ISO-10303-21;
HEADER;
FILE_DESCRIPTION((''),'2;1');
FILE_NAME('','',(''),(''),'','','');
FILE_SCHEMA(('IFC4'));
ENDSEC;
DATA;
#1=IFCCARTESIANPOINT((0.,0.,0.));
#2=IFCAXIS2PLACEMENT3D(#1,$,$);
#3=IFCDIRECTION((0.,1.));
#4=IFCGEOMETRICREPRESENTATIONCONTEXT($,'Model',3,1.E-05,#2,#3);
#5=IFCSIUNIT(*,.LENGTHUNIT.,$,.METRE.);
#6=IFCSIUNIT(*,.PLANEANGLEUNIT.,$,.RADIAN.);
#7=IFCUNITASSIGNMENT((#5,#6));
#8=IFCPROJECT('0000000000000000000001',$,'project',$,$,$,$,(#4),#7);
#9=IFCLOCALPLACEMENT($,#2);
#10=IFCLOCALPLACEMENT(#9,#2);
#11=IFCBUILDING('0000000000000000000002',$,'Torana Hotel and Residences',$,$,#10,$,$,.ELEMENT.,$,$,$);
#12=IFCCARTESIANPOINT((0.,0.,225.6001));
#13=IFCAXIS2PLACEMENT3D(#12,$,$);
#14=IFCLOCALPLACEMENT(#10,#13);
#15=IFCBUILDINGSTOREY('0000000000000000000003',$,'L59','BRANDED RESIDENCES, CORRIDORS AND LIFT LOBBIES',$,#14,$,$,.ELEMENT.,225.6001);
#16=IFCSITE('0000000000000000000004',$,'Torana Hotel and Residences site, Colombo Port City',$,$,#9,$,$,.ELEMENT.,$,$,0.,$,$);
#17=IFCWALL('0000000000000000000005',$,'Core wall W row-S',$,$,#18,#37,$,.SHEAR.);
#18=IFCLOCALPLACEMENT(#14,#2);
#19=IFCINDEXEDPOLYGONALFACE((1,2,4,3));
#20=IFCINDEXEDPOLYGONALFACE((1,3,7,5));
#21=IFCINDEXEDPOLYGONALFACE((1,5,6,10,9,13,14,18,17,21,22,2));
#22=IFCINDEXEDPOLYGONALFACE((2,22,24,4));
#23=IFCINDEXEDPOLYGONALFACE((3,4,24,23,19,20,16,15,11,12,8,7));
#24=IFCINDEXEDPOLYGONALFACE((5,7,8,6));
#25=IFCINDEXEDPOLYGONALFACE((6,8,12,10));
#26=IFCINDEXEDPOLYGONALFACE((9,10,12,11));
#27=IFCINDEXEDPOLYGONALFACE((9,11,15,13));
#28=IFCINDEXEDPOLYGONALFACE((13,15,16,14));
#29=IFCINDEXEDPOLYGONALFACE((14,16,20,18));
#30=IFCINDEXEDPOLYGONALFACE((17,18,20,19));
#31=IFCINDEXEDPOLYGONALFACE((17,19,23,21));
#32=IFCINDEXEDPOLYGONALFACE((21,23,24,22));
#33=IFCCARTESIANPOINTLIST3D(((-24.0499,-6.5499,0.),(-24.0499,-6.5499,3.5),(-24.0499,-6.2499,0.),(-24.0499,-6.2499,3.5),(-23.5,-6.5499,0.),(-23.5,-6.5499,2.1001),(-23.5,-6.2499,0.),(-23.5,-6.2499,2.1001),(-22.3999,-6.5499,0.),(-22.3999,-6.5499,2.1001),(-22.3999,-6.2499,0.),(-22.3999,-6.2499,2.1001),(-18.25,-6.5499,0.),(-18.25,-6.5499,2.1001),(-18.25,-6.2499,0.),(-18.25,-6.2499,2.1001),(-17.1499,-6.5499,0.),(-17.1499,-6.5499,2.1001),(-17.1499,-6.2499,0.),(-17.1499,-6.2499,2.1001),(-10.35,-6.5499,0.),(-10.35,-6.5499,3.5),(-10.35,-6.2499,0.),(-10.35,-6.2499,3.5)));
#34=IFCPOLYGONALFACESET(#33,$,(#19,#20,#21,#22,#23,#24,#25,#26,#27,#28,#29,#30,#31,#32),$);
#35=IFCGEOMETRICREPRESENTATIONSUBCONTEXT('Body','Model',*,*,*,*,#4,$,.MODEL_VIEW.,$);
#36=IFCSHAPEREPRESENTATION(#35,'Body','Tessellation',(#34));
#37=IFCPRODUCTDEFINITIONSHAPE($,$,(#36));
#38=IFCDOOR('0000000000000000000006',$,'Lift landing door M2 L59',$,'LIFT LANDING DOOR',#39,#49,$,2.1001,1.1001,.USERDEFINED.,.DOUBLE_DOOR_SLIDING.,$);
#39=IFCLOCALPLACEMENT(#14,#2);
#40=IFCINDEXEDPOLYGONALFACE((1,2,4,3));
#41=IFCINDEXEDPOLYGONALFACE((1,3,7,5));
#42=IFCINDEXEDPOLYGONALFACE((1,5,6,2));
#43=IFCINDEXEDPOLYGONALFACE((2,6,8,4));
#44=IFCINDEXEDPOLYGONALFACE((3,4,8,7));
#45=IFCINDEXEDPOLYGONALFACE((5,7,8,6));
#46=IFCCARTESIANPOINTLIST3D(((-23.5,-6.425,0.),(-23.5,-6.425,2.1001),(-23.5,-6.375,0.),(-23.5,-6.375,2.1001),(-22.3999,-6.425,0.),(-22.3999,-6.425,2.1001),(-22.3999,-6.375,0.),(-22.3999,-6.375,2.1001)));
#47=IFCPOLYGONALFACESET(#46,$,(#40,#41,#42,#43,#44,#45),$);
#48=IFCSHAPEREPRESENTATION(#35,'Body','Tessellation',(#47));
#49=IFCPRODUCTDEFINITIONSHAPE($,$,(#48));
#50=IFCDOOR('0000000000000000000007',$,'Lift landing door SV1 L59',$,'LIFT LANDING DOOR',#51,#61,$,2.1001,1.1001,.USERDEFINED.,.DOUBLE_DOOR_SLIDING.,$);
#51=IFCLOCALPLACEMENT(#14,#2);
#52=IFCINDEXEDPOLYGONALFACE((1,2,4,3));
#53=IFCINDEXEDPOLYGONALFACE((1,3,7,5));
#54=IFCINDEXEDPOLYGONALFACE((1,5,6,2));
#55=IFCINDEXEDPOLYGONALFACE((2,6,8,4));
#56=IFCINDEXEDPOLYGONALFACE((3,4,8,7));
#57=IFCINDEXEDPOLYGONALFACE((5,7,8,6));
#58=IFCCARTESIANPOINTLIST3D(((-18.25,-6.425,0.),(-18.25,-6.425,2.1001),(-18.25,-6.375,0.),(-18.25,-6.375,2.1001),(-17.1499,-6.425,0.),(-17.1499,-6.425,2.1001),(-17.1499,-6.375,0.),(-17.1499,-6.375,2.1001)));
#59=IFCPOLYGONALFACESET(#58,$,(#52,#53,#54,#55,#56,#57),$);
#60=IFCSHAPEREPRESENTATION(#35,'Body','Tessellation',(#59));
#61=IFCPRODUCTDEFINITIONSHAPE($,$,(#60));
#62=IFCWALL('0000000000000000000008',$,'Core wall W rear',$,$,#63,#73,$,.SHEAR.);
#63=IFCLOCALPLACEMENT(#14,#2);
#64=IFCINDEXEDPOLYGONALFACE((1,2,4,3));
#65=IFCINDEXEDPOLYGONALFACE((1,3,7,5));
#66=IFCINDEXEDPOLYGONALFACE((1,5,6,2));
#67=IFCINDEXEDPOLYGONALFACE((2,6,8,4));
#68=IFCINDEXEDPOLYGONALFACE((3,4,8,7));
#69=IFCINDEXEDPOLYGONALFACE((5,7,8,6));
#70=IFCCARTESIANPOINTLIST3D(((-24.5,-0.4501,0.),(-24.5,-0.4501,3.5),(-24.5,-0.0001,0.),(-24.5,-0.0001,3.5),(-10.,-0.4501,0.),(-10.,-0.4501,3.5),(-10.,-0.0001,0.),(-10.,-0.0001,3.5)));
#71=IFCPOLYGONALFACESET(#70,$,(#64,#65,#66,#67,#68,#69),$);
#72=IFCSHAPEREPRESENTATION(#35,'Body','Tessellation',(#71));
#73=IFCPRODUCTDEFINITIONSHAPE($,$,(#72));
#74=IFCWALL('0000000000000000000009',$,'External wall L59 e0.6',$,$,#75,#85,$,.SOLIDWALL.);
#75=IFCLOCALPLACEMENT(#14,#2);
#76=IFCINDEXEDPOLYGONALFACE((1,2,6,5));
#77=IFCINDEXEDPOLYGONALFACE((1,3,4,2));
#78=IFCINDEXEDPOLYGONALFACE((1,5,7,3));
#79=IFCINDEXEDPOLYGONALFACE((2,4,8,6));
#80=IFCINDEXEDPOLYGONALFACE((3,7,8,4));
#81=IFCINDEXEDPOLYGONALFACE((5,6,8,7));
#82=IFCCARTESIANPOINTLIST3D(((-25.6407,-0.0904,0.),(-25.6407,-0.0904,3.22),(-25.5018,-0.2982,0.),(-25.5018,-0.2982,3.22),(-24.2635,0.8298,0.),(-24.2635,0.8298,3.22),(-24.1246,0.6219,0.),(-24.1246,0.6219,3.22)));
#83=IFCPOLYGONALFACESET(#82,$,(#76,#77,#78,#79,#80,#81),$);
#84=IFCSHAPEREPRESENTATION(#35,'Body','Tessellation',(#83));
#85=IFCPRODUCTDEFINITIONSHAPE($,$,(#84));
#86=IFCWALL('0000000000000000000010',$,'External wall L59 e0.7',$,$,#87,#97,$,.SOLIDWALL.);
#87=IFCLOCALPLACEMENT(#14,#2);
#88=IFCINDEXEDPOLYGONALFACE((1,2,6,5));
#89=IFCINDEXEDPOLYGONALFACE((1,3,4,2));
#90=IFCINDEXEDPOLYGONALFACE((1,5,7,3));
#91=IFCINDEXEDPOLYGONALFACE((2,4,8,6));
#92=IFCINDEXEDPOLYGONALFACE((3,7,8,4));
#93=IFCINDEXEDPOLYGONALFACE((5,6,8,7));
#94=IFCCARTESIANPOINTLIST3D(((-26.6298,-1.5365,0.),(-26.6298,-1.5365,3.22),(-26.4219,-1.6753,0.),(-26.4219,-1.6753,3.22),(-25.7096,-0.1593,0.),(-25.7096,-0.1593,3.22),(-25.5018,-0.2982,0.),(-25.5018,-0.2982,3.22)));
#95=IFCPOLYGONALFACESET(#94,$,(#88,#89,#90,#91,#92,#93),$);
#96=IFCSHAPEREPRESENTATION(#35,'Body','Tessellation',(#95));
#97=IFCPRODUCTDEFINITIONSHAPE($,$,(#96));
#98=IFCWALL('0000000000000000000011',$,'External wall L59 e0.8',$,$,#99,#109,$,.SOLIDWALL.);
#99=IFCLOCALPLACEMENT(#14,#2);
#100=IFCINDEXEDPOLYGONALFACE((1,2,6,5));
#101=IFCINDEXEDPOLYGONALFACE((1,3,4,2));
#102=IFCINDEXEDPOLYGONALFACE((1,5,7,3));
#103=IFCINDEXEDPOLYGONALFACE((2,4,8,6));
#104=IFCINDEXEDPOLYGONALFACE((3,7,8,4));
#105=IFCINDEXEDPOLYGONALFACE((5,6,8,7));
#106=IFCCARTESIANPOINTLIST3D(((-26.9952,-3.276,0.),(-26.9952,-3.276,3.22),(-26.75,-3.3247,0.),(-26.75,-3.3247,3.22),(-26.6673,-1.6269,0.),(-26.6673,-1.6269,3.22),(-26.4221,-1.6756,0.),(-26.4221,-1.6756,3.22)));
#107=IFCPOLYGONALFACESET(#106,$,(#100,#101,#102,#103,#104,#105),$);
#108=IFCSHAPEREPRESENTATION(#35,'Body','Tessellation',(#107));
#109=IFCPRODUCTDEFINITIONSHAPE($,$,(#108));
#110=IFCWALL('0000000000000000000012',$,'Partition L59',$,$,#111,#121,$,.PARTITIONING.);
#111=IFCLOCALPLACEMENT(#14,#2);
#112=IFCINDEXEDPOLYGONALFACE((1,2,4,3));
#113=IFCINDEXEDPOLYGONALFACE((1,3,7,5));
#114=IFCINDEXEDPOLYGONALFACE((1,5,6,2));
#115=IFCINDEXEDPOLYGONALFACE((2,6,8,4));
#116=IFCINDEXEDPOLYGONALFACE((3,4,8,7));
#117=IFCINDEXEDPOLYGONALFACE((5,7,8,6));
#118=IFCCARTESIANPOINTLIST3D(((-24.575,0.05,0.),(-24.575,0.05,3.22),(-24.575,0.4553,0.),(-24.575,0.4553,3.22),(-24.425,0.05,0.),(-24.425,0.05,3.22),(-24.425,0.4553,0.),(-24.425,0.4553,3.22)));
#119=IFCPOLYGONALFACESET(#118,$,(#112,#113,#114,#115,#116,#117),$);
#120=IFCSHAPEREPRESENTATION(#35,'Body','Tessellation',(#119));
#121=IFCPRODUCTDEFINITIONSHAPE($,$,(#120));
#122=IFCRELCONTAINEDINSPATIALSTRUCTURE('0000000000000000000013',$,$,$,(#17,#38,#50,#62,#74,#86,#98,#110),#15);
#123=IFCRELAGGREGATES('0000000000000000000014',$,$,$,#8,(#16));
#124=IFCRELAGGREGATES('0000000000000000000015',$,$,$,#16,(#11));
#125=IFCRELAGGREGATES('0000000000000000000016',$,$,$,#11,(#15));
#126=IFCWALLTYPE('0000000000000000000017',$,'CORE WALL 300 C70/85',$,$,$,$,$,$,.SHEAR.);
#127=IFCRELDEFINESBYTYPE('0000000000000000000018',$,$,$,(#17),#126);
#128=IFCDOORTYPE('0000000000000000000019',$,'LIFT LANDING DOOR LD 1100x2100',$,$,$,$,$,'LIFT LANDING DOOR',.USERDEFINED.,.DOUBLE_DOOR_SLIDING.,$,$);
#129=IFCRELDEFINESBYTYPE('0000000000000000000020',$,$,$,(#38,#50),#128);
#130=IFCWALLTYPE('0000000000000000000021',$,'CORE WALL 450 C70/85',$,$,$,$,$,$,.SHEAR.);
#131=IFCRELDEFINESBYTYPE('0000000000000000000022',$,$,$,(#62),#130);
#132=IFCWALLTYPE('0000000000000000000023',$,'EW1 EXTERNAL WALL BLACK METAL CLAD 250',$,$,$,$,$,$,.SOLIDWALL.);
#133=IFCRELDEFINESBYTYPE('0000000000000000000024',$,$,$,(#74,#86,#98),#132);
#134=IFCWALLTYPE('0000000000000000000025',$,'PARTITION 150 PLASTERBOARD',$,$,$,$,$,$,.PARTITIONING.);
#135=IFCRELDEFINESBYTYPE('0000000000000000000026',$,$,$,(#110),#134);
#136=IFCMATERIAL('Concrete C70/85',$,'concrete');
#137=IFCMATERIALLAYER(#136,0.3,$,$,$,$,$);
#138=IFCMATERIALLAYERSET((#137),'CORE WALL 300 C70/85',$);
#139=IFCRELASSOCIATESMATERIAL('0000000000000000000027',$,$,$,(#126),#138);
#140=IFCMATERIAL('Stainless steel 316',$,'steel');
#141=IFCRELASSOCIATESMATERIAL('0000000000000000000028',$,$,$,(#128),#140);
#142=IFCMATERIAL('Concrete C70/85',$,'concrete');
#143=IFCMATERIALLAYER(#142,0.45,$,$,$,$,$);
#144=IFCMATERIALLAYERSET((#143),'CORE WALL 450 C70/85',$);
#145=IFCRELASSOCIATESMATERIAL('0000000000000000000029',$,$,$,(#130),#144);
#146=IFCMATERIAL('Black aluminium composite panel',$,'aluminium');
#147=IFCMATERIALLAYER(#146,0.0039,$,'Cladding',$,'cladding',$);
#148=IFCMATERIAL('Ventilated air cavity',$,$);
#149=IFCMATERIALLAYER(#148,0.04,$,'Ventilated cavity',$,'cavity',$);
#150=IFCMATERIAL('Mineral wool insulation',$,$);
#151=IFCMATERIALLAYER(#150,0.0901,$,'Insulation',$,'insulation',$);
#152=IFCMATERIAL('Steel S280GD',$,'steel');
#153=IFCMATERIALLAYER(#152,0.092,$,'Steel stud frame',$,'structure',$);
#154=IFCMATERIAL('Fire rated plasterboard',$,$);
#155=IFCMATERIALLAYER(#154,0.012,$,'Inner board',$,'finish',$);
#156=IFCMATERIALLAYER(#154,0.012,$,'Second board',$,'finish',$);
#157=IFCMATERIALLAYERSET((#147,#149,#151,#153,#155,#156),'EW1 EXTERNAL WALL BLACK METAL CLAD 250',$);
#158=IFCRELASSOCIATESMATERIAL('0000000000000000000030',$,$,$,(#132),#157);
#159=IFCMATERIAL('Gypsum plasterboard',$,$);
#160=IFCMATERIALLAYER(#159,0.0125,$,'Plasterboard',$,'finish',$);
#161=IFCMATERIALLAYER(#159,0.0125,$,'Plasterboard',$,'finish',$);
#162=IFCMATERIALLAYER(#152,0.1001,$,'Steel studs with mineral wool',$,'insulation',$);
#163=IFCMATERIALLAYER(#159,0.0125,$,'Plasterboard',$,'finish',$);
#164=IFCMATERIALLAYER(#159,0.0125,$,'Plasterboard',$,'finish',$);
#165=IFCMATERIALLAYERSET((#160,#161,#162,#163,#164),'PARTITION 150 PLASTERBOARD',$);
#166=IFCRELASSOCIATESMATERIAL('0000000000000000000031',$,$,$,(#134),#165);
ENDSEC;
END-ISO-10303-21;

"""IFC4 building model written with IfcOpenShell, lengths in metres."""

from ifc_helpers import new_model, si_unit, direction, frame, frame_2d, origin, place, context, subcontext, project, spatial, rectangle, extrude, material, layer, layer_set, type_object, element, fill, save


model = new_model("IFC4")

# Units and contexts
model_context = context("Model", 3, precision=1e-05, world=origin(), true_north=direction((0.0, 1.0)))
body_context = subcontext(model_context, "Body", "Model", "MODEL_VIEW")
ifc_project = project(units=[si_unit("LENGTHUNIT", "METRE"), si_unit("PLANEANGLEUNIT", "RADIAN")], contexts=[model_context])

# Site, building, storey
site_placement = place(None, origin())
site = spatial("IfcSite", under=ifc_project, at=site_placement, Name="Torana Hotel and Residences site, Colombo Port City", CompositionType="ELEMENT", RefElevation=0.0)
building_placement = place(site_placement, origin())
building = spatial("IfcBuilding", under=site, at=building_placement, Name="Torana Hotel and Residences", CompositionType="ELEMENT")
storey_placement = place(building_placement, frame((0.0, 0.0, 225.6001)))
storey = spatial("IfcBuildingStorey", under=building, at=storey_placement, Name="L59", Description="BRANDED RESIDENCES, CORRIDORS AND LIFT LOBBIES", CompositionType="ELEMENT", Elevation=225.6001)

# Wall, openings, doors
ifc_material_1 = material(Name="Concrete C70/85", Category="concrete")
ifc_layer_1 = layer(ifc_material_1, 0.3)
ifc_layer_set_1 = layer_set([ifc_layer_1], Name="CORE WALL 300 C70/85")
wall_type_1 = type_object("IfcWallType", Name="CORE WALL 300 C70/85", PredefinedType="SHEAR", material=ifc_layer_set_1)
wall_1_placement = place(storey_placement, frame((-24.05, -6.3999, 0.0), z_axis=(0.0, 0.0, 1.0), x_axis=(1.0, 0.0, 0.0)))
wall_1 = element("IfcWall", 1, at=wall_1_placement, inside=storey, type_object=wall_type_1, Name="Core wall W row-S", PredefinedType="SHEAR", context=body_context, shape_type="SweptSolid", body=[
    extrude(rectangle(XDim=13.7, YDim=0.3, at=frame_2d((6.8501, 0.0))), origin(), (0.0, 0.0, 1.0), 3.5),
])
opening_1_placement = place(wall_1_placement, frame((0.55, 0.0, 0.0)))
opening_1 = element("IfcOpeningElement", 2, at=opening_1_placement, cuts=wall_1, PredefinedType="OPENING", context=body_context, shape_type="SweptSolid", body=[
    extrude(rectangle(XDim=1.1001, YDim=2.1001, at=frame_2d((0.55, 1.05))), frame((0.0, 0.1599, 0.0), z_axis=(0.0, -1.0, 0.0), x_axis=(1.0, 0.0, 0.0)), (0.0, 0.0, 1.0), 0.3201),
])
opening_2_placement = place(wall_1_placement, frame((5.8, 0.0, 0.0)))
opening_2 = element("IfcOpeningElement", 3, at=opening_2_placement, cuts=wall_1, PredefinedType="OPENING", context=body_context, shape_type="SweptSolid", body=[
    extrude(rectangle(XDim=1.1001, YDim=2.1001, at=frame_2d((0.55, 1.05))), frame((0.0, 0.1599, 0.0), z_axis=(0.0, -1.0, 0.0), x_axis=(1.0, 0.0, 0.0)), (0.0, 0.0, 1.0), 0.3201),
])
ifc_material_2 = material(Name="Stainless steel 316", Category="steel")
door_type_1 = type_object("IfcDoorType", Name="LIFT LANDING DOOR LD 1100x2100", ElementType="LIFT LANDING DOOR", OperationType="DOUBLE_DOOR_SLIDING", PredefinedType="USERDEFINED", material=ifc_material_2)
door_1_placement = place(opening_1_placement, origin())
door_1 = element("IfcDoor", 4, at=door_1_placement, inside=storey, type_object=door_type_1, Name="Lift landing door M2 L59", ObjectType="LIFT LANDING DOOR", OperationType="DOUBLE_DOOR_SLIDING", OverallHeight=2.1001, OverallWidth=1.1001, PredefinedType="USERDEFINED", context=body_context, shape_type="SweptSolid", body=[
    extrude(rectangle(XDim=1.1001, YDim=2.1001, at=frame_2d((0.55, 1.05))), frame((0.0, 0.0249, 0.0), z_axis=(0.0, -1.0, 0.0), x_axis=(1.0, 0.0, 0.0)), (0.0, 0.0, 1.0), 0.05),
])
fill(opening_1, door_1)
door_2_placement = place(opening_2_placement, origin())
door_2 = element("IfcDoor", 5, at=door_2_placement, inside=storey, type_object=door_type_1, Name="Lift landing door SV1 L59", ObjectType="LIFT LANDING DOOR", OperationType="DOUBLE_DOOR_SLIDING", OverallHeight=2.1001, OverallWidth=1.1001, PredefinedType="USERDEFINED", context=body_context, shape_type="SweptSolid", body=[
    extrude(rectangle(XDim=1.1001, YDim=2.1001, at=frame_2d((0.55, 1.05))), frame((0.0, 0.0249, 0.0), z_axis=(0.0, -1.0, 0.0), x_axis=(1.0, 0.0, 0.0)), (0.0, 0.0, 1.0), 0.05),
])
fill(opening_2, door_2)

# Walls
ifc_material_3 = material(Name="Concrete C70/85", Category="concrete")
ifc_layer_2 = layer(ifc_material_3, 0.45)
ifc_layer_set_2 = layer_set([ifc_layer_2], Name="CORE WALL 450 C70/85")
wall_type_2 = type_object("IfcWallType", Name="CORE WALL 450 C70/85", PredefinedType="SHEAR", material=ifc_layer_set_2)
wall_2_placement = place(storey_placement, frame((-24.5, -0.2251, 0.0), z_axis=(0.0, 0.0, 1.0), x_axis=(1.0, 0.0, 0.0)))
element("IfcWall", 6, at=wall_2_placement, inside=storey, type_object=wall_type_2, Name="Core wall W rear", PredefinedType="SHEAR", context=body_context, shape_type="SweptSolid", body=[
    extrude(rectangle(XDim=14.5, YDim=0.45, at=frame_2d((7.25, 0.0))), origin(), (0.0, 0.0, 1.0), 3.5),
])
ifc_material_4 = material(Name="Black aluminium composite panel", Category="aluminium")
ifc_layer_3 = layer(ifc_material_4, 0.0039, Name="Cladding", Category="cladding")
ifc_material_5 = material(Name="Ventilated air cavity")
ifc_layer_4 = layer(ifc_material_5, 0.04, Name="Ventilated cavity", Category="cavity")
ifc_material_6 = material(Name="Mineral wool insulation")
ifc_layer_5 = layer(ifc_material_6, 0.0901, Name="Insulation", Category="insulation")
ifc_material_7 = material(Name="Steel S280GD", Category="steel")
ifc_layer_6 = layer(ifc_material_7, 0.092, Name="Steel stud frame", Category="structure")
ifc_material_8 = material(Name="Fire rated plasterboard")
ifc_layer_7 = layer(ifc_material_8, 0.012, Name="Inner board", Category="finish")
ifc_layer_8 = layer(ifc_material_8, 0.012, Name="Second board", Category="finish")
ifc_layer_set_3 = layer_set([ifc_layer_3, ifc_layer_4, ifc_layer_5, ifc_layer_6, ifc_layer_7, ifc_layer_8], Name="EW1 EXTERNAL WALL BLACK METAL CLAD 250")
wall_type_3 = type_object("IfcWallType", Name="EW1 EXTERNAL WALL BLACK METAL CLAD 250", PredefinedType="SOLIDWALL", material=ifc_layer_set_3)
for number, where, z_axis, x_axis, name in (
    (7, (-24.1941, 0.7258, 0.0), (0.0, 0.0, 1.0), (-0.831483, -0.55555, 0.0), "External wall L59 e0.6"),
    (8, (-25.6057, -0.2288, 0.0), (0.0, 0.0, 1.0), (-0.55555, -0.831483, 0.0), "External wall L59 e0.7"),
):
    element("IfcWall", number, at=place(storey_placement, frame(where, z_axis=z_axis, x_axis=x_axis)), inside=storey, type_object=wall_type_3, Name=name, PredefinedType="SOLIDWALL", context=body_context, shape_type="SweptSolid", body=[
        extrude(rectangle(XDim=1.6562, YDim=0.25, at=frame_2d((0.8281, 0.0))), origin(), (0.0, 0.0, 1.0), 3.22),
    ])
wall_3_placement = place(storey_placement, frame((-26.5447, -1.6511, 0.0), z_axis=(0.0, 0.0, 1.0), x_axis=(-0.194999, -0.980803, 0.0)))
element("IfcWall", 9, at=wall_3_placement, inside=storey, type_object=wall_type_3, Name="External wall L59 e0.8", PredefinedType="SOLIDWALL", context=body_context, shape_type="SweptSolid", body=[
    extrude(rectangle(XDim=1.6814, YDim=0.25, at=frame_2d((0.8408, 0.0))), origin(), (0.0, 0.0, 1.0), 3.22),
])

# Wall
ifc_material_9 = material(Name="Gypsum plasterboard")
ifc_layer_9 = layer(ifc_material_9, 0.0125, Name="Plasterboard", Category="finish")
ifc_layer_10 = layer(ifc_material_9, 0.0125, Name="Plasterboard", Category="finish")
ifc_layer_11 = layer(ifc_material_7, 0.1001, Name="Steel studs with mineral wool", Category="insulation")
ifc_layer_12 = layer(ifc_material_9, 0.0125, Name="Plasterboard", Category="finish")
ifc_layer_13 = layer(ifc_material_9, 0.0125, Name="Plasterboard", Category="finish")
ifc_layer_set_4 = layer_set([ifc_layer_9, ifc_layer_10, ifc_layer_11, ifc_layer_12, ifc_layer_13], Name="PARTITION 150 PLASTERBOARD")
wall_type_4 = type_object("IfcWallType", Name="PARTITION 150 PLASTERBOARD", PredefinedType="PARTITIONING", material=ifc_layer_set_4)
wall_4_placement = place(storey_placement, frame((-24.5, 0.05, 0.0), z_axis=(0.0, 0.0, 1.0), x_axis=(0.0, 1.0, 0.0)))
element("IfcWall", 10, at=wall_4_placement, inside=storey, type_object=wall_type_4, Name="Partition L59", PredefinedType="PARTITIONING", context=body_context, shape_type="SweptSolid", body=[
    extrude(rectangle(XDim=0.4053, YDim=0.1499, at=frame_2d((0.2026, 0.0))), origin(), (0.0, 0.0, 1.0), 3.22),
])

save(model, "model.ifc")
